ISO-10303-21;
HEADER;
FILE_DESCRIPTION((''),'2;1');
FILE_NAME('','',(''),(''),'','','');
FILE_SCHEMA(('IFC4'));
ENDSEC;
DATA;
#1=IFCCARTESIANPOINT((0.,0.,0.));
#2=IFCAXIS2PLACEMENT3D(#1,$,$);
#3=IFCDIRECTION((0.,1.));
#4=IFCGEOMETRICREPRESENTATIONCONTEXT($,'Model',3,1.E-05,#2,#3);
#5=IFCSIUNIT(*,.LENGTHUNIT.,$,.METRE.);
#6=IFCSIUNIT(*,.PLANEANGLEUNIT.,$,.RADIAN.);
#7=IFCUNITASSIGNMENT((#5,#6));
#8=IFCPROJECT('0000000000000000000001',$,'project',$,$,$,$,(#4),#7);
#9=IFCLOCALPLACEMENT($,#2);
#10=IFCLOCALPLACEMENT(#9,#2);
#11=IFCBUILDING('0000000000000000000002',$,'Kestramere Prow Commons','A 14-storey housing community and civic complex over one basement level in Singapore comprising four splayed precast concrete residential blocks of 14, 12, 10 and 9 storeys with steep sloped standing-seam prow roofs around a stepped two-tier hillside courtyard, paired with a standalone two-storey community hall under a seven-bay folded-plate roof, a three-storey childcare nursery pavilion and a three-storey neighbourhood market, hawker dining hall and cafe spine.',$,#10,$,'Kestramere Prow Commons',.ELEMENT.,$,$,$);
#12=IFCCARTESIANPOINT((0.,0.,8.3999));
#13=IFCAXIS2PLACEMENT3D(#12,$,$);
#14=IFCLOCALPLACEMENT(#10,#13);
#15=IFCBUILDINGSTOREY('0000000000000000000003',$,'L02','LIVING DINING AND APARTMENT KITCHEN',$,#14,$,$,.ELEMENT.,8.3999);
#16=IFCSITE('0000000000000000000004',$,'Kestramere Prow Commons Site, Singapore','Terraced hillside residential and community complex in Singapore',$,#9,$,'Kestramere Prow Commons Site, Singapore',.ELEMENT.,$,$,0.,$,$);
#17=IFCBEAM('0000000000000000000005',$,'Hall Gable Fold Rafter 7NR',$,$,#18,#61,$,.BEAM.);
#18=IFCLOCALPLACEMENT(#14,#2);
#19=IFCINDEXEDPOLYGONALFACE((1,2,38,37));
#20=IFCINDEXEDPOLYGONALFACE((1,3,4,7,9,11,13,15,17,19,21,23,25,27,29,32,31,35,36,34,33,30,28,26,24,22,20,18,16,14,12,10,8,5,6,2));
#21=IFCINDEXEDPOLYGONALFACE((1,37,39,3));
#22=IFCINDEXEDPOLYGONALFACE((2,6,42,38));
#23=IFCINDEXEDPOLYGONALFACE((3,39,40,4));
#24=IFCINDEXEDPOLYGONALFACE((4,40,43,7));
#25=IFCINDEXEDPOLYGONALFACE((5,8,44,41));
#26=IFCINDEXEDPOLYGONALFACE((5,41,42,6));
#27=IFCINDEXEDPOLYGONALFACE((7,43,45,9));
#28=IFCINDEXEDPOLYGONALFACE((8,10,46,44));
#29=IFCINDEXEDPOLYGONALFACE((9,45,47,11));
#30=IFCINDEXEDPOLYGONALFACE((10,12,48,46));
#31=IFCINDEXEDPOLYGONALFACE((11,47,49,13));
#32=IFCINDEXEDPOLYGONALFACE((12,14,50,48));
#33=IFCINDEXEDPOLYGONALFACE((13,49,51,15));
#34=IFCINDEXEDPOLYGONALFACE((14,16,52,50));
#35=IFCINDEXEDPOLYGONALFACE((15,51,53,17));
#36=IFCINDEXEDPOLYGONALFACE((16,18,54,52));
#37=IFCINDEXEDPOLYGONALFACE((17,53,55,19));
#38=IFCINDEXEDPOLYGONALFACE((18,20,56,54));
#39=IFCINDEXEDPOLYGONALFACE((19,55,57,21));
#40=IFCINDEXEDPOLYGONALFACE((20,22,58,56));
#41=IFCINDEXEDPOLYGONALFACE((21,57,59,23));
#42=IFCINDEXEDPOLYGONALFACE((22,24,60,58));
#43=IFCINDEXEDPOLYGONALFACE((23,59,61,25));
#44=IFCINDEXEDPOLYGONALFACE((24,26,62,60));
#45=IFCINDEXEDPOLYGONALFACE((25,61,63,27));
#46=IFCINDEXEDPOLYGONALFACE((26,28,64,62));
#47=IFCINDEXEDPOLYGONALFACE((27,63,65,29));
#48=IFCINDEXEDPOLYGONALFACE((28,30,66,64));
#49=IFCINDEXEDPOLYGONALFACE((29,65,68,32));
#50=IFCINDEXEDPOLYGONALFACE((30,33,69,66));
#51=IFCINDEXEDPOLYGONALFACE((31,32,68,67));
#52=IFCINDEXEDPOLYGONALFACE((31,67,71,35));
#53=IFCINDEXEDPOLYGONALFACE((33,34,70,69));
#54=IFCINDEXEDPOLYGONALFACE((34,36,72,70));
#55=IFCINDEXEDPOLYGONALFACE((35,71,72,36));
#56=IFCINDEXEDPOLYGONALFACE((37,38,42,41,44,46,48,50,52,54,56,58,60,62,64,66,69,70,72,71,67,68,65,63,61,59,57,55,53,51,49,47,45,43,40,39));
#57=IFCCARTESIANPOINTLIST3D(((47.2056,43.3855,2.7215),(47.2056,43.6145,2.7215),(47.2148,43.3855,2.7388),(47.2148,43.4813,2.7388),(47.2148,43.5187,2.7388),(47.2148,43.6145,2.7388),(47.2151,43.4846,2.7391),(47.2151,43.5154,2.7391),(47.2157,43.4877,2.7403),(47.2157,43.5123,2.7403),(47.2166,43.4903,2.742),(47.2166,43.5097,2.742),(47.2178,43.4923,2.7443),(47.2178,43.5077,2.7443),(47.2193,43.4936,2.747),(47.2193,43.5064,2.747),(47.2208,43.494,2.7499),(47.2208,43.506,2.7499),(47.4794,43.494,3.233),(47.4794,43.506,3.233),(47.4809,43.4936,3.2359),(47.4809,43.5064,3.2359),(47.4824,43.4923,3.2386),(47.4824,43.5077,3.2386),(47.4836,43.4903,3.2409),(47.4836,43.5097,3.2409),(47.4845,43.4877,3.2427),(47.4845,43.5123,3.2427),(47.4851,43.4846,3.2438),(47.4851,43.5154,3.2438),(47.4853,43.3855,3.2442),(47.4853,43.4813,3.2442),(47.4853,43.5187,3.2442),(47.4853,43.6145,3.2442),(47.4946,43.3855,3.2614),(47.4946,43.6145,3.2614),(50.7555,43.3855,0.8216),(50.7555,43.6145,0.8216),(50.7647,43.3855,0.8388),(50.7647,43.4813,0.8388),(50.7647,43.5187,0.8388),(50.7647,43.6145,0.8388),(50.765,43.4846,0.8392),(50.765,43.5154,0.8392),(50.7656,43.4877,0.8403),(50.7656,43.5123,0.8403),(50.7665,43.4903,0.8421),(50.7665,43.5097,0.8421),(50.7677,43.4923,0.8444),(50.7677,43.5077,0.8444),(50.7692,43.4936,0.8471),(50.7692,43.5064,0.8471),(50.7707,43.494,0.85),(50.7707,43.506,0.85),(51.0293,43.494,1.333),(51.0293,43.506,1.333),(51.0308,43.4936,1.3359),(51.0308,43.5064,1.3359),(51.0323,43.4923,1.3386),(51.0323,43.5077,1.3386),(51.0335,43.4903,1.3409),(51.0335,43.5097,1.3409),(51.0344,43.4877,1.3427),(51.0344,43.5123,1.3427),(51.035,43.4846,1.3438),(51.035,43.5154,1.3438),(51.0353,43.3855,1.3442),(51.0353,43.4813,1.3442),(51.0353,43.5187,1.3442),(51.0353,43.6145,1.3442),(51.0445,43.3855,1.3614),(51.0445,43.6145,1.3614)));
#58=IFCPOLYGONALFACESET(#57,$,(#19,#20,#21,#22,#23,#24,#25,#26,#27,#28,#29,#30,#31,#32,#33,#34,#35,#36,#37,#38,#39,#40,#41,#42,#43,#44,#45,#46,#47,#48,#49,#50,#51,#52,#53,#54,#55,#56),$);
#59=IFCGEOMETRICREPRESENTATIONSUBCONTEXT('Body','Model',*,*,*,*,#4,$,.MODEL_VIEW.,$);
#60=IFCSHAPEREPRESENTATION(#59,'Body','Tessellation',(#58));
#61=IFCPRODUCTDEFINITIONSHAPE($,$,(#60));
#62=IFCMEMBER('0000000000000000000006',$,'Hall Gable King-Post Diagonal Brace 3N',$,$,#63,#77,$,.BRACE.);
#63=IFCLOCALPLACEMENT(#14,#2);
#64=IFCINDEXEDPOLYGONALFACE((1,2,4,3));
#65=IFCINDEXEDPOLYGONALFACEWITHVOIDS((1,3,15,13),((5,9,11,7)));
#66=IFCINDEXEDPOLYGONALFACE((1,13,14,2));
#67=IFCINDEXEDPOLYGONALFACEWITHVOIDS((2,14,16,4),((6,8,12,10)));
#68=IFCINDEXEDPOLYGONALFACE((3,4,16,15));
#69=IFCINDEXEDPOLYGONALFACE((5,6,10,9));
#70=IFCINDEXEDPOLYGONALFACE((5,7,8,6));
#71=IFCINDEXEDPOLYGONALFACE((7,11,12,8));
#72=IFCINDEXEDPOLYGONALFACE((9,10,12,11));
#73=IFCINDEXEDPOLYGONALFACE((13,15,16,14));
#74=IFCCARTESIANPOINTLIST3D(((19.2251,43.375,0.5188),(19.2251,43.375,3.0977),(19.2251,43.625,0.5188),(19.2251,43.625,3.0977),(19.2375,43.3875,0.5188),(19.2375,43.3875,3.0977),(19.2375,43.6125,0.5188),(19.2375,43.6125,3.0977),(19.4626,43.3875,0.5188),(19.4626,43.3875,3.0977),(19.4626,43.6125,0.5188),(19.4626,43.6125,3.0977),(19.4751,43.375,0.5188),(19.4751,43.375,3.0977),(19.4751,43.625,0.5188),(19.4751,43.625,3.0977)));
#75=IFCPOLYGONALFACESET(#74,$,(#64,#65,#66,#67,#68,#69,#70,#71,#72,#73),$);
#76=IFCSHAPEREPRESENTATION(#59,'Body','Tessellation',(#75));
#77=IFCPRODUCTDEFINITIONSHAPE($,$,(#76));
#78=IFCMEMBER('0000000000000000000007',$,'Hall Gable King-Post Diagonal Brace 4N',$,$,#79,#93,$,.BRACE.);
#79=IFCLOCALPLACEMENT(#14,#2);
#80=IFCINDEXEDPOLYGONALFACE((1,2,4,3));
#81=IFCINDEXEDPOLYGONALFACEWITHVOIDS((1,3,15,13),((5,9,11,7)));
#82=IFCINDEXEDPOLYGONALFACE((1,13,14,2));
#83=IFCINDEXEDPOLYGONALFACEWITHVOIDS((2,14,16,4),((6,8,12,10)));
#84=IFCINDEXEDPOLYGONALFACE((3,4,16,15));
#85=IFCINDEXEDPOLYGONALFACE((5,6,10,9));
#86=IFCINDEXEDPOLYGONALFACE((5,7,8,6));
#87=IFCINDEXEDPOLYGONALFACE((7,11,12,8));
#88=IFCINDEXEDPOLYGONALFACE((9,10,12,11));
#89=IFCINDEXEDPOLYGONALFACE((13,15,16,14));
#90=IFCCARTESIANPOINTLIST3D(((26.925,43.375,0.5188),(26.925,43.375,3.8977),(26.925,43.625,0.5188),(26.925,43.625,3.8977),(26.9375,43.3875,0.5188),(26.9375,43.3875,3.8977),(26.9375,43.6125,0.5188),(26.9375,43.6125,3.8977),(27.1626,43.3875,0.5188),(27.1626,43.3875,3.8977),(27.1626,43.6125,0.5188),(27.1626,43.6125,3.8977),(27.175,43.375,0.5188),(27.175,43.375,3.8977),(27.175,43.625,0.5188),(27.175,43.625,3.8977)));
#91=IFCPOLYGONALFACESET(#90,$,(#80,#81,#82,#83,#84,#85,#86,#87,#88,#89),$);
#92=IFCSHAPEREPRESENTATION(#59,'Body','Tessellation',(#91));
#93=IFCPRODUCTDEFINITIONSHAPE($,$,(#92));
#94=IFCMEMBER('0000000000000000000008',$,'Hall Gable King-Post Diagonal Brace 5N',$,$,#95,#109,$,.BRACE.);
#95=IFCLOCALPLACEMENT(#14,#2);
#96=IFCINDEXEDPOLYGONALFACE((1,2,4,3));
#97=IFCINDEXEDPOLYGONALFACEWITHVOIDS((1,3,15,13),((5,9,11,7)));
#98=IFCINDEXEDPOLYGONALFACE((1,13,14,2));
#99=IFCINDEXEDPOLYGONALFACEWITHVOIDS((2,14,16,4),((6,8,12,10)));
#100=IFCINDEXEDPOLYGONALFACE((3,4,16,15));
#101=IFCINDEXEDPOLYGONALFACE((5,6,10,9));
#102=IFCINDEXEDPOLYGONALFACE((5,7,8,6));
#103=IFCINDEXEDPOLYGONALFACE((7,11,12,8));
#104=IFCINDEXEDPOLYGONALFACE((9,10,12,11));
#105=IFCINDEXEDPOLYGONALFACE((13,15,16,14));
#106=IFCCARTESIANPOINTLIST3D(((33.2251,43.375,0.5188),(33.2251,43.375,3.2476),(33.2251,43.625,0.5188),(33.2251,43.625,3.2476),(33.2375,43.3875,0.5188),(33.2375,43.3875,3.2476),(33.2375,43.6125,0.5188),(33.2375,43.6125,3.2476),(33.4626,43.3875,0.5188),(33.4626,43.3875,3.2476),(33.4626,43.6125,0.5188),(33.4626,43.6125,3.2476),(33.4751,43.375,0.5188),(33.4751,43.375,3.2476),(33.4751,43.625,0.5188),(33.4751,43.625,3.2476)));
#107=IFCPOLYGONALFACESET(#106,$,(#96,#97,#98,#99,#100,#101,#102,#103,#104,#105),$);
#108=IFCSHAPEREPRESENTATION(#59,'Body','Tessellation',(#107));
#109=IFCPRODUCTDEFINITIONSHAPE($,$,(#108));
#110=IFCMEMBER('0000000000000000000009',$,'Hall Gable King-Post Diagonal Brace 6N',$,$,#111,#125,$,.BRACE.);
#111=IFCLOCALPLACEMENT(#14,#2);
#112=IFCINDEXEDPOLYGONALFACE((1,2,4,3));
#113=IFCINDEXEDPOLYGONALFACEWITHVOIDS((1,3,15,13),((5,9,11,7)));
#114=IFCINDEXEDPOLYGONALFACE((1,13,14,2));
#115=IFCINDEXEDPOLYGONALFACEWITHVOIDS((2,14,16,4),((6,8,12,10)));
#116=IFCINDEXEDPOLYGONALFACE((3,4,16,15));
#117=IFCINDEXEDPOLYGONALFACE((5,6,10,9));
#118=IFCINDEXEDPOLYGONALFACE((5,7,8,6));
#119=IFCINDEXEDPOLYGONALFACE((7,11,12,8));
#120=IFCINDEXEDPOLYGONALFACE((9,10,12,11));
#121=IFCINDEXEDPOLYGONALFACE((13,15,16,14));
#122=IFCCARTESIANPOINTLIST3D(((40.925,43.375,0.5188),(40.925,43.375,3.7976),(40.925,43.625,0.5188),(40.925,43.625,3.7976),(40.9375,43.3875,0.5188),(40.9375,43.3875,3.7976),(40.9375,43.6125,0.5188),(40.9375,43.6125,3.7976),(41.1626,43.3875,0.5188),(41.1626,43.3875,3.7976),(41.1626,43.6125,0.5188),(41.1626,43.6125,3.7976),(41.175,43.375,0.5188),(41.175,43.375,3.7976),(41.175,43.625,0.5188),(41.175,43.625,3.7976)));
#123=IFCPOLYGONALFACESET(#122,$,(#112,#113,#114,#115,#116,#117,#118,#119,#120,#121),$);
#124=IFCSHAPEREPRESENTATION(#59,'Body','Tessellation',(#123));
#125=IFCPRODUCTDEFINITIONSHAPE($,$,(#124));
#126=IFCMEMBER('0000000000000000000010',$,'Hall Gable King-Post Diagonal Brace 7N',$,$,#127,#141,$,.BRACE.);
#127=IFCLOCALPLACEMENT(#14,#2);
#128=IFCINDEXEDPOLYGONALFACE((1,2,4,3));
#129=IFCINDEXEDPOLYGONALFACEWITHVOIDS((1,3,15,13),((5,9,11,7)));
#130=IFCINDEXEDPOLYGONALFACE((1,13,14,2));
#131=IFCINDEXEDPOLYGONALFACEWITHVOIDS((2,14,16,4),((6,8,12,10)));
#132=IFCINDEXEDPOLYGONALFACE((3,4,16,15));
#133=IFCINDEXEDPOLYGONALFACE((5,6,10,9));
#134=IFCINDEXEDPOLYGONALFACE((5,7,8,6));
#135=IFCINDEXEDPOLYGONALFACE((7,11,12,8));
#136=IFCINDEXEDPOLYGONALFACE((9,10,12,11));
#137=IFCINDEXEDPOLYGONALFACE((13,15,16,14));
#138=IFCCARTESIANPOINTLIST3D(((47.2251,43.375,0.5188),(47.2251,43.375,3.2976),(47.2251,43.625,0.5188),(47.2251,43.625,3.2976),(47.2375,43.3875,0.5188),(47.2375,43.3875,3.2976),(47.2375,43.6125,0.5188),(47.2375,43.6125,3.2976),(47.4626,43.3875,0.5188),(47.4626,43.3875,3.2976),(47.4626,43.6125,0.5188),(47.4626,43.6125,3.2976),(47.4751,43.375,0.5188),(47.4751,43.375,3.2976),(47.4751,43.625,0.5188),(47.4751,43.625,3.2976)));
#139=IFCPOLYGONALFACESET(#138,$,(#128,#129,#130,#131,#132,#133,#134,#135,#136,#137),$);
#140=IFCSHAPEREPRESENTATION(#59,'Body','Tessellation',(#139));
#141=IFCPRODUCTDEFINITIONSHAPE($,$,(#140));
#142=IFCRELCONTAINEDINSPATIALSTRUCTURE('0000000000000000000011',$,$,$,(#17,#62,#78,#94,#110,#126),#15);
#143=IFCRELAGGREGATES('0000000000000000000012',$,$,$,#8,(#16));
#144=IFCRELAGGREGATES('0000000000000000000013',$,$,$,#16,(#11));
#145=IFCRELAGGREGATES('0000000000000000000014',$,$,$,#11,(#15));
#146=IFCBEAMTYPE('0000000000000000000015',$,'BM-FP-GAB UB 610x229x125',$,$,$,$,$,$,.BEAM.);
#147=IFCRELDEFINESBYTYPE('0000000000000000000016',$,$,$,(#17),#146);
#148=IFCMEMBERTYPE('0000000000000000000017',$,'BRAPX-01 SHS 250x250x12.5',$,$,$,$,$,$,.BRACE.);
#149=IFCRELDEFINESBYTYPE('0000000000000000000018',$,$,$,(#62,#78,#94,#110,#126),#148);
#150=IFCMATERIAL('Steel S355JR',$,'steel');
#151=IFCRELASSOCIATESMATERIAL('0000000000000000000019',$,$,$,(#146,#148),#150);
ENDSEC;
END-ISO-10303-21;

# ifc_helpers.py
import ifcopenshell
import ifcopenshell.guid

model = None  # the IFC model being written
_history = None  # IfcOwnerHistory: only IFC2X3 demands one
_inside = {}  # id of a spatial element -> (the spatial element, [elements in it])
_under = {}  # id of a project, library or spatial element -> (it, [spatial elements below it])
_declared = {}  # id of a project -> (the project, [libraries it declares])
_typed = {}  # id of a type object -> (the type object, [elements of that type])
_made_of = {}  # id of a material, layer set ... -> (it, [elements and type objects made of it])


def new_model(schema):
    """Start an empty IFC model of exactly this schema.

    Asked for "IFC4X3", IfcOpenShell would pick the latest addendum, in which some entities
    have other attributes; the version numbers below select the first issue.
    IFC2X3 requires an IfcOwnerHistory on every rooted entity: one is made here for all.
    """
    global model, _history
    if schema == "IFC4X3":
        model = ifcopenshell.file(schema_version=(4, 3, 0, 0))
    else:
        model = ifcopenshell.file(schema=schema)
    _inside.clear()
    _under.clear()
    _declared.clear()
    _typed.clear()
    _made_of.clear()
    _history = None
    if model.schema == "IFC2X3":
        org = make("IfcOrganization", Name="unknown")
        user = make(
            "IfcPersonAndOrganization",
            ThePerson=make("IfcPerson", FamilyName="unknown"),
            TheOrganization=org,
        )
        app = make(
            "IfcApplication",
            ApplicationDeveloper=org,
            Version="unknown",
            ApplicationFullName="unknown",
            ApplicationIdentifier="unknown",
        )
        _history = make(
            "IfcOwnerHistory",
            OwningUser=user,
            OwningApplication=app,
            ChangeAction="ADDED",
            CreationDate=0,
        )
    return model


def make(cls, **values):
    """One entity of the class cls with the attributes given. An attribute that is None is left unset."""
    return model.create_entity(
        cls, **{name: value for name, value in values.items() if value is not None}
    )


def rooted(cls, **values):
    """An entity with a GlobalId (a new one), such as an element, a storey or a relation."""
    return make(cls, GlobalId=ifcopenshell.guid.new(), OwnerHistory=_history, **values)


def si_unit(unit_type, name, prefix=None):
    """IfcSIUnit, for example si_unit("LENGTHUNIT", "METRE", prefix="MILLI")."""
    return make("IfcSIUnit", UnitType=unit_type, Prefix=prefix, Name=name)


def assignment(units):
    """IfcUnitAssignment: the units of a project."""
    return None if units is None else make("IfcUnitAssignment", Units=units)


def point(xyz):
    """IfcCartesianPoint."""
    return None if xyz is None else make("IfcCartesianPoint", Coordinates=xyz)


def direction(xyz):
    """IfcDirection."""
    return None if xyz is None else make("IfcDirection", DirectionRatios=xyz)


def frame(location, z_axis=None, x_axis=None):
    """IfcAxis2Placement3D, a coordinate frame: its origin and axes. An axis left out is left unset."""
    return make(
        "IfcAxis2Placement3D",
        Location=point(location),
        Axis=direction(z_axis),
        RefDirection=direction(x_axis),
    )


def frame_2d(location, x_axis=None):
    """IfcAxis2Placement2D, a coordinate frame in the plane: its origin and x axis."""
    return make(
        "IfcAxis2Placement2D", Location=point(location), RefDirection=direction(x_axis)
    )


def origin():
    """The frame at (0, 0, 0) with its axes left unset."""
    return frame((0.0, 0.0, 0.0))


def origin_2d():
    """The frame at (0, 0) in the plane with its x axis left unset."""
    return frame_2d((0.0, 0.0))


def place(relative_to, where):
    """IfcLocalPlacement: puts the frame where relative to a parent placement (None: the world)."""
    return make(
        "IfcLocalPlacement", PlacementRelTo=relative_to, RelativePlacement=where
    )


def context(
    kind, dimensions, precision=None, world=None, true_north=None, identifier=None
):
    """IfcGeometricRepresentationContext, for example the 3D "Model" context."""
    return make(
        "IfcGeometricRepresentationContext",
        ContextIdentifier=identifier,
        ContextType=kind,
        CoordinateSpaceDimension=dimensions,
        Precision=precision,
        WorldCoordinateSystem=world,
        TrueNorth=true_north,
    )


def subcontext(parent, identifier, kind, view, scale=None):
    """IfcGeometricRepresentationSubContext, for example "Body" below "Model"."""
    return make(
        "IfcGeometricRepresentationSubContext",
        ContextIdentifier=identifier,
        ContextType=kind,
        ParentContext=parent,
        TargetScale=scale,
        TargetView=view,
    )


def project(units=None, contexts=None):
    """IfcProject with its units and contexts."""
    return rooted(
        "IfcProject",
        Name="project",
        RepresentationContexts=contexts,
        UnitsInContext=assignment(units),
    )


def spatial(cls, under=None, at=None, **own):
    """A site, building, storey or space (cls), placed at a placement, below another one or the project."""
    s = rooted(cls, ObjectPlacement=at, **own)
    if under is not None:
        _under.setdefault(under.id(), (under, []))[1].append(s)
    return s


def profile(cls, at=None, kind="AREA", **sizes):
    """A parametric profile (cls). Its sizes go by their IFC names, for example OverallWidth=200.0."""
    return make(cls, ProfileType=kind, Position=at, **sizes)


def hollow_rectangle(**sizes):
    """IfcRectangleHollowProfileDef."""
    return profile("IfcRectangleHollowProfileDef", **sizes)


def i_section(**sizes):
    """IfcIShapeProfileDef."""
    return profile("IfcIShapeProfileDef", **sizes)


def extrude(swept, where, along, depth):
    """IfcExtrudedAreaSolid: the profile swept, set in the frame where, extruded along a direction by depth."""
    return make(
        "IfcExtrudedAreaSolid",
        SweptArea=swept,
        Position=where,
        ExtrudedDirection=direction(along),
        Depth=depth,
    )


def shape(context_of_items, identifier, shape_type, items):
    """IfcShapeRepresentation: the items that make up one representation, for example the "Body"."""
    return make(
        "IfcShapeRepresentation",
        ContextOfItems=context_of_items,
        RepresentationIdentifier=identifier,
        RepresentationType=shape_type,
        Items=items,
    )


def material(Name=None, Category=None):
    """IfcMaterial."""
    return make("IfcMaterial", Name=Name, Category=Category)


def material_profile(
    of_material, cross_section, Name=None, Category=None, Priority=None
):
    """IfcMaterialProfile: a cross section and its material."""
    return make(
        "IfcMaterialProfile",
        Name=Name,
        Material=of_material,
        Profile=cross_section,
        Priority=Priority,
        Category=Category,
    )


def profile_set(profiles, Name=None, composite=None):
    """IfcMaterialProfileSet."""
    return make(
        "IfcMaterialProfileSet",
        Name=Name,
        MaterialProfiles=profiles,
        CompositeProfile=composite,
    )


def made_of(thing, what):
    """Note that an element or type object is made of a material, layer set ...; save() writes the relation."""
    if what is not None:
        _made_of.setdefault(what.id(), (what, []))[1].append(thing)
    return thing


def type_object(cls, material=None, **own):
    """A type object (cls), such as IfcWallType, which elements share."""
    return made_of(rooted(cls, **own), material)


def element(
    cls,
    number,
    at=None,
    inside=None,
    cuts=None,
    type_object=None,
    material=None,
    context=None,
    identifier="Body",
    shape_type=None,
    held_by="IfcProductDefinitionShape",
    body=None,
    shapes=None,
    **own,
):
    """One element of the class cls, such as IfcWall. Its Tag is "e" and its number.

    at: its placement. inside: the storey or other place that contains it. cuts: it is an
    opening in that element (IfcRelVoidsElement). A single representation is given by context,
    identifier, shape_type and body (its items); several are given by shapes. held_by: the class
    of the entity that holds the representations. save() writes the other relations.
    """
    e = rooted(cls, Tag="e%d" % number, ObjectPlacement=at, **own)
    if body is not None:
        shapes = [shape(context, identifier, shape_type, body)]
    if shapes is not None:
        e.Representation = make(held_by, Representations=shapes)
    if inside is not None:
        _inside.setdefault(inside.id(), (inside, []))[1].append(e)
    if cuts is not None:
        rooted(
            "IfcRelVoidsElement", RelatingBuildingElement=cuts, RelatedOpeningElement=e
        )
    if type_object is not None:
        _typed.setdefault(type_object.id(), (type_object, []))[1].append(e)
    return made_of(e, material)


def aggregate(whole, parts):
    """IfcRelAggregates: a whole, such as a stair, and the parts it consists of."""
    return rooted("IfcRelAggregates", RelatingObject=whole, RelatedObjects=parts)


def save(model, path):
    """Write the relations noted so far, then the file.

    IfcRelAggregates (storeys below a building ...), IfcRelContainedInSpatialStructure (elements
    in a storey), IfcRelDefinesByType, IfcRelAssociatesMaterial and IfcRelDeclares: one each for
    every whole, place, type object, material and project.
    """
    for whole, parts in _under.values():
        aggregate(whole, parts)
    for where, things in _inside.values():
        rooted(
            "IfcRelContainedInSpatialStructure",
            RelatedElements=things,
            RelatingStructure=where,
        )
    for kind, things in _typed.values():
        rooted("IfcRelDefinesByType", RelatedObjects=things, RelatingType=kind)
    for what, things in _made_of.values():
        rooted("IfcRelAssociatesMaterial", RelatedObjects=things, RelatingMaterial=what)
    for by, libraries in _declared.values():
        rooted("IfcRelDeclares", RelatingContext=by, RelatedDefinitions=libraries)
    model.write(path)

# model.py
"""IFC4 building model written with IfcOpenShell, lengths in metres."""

from ifc_helpers import new_model, si_unit, direction, frame, origin, origin_2d, place, context, subcontext, project, spatial, hollow_rectangle, i_section, extrude, material, material_profile, profile_set, type_object, element, save


model = new_model("IFC4")

# Units and contexts
model_context = context("Model", 3, precision=1e-05, world=origin(), true_north=direction((0.0, 1.0)))
body_context = subcontext(model_context, "Body", "Model", "MODEL_VIEW")
ifc_project = project(units=[si_unit("LENGTHUNIT", "METRE"), si_unit("PLANEANGLEUNIT", "RADIAN")], contexts=[model_context])

# Site, building, storey
site_placement = place(None, origin())
site = spatial("IfcSite", under=ifc_project, at=site_placement, Name="Kestramere Prow Commons Site, Singapore", Description="Terraced hillside residential and community complex in Singapore", LongName="Kestramere Prow Commons Site, Singapore", CompositionType="ELEMENT", RefElevation=0.0)
building_placement = place(site_placement, origin())
building = spatial("IfcBuilding", under=site, at=building_placement, Name="Kestramere Prow Commons", Description="A 14-storey housing community and civic complex over one basement level in Singapore comprising four splayed precast concrete residential blocks of 14, 12, 10 and 9 storeys with steep sloped standing-seam prow roofs around a stepped two-tier hillside courtyard, paired with a standalone two-storey community hall under a seven-bay folded-plate roof, a three-storey childcare nursery pavilion and a three-storey neighbourhood market, hawker dining hall and cafe spine.", LongName="Kestramere Prow Commons", CompositionType="ELEMENT")
storey_placement = place(building_placement, frame((0.0, 0.0, 8.3999)))
storey = spatial("IfcBuildingStorey", under=building, at=storey_placement, Name="L02", Description="LIVING DINING AND APARTMENT KITCHEN", CompositionType="ELEMENT", Elevation=8.3999)

# Beam
ifc_material_1 = material(Name="Steel S355JR", Category="steel")
ifc_material_profile_1 = material_profile(ifc_material_1, i_section(OverallWidth=0.229, OverallDepth=0.6123, WebThickness=0.012, FlangeThickness=0.0195, FilletRadius=0.0127, at=origin_2d()), Name="UB 610x229x125")
ifc_profile_set_1 = profile_set([ifc_material_profile_1], Name="Steel S355JR")
beam_type = type_object("IfcBeamType", Name="BM-FP-GAB UB 610x229x125", PredefinedType="BEAM", material=ifc_profile_set_1)
beam_1_placement = place(storey_placement, frame((47.3501, 43.5, 2.9915), z_axis=(0.881664, 0.0, -0.471878), x_axis=(0.0, 1.0, 0.0)))
element("IfcBeam", 1, at=beam_1_placement, inside=storey, type_object=beam_type, Name="Hall Gable Fold Rafter 7NR", PredefinedType="BEAM", context=body_context, shape_type="SweptSolid", body=[
    extrude(i_section(OverallWidth=0.229, OverallDepth=0.6123, WebThickness=0.012, FlangeThickness=0.0195, FilletRadius=0.0127, at=origin_2d()), origin(), (0.0, 0.0, 1.0), 4.0264),
])

# Members
ifc_material_profile_2 = material_profile(ifc_material_1, hollow_rectangle(XDim=0.25, YDim=0.25, WallThickness=0.0125, at=origin_2d()), Name="SHS 250x250x12.5")
ifc_profile_set_2 = profile_set([ifc_material_profile_2], Name="Steel S355JR")
member_type = type_object("IfcMemberType", Name="BRAPX-01 SHS 250x250x12.5", PredefinedType="BRACE", material=ifc_profile_set_2)
member_1_placement = place(storey_placement, frame((19.3501, 43.5, 0.5188), z_axis=(0.0, 0.0, 1.0), x_axis=(1.0, 0.0, 0.0)))
element("IfcMember", 2, at=member_1_placement, inside=storey, type_object=member_type, Name="Hall Gable King-Post Diagonal Brace 3N", PredefinedType="BRACE", context=body_context, shape_type="SweptSolid", body=[
    extrude(hollow_rectangle(XDim=0.25, YDim=0.25, WallThickness=0.0125, at=origin_2d()), origin(), (0.0, 0.0, 1.0), 2.5789),
])
member_2_placement = place(storey_placement, frame((27.05, 43.5, 0.5188), z_axis=(0.0, 0.0, 1.0), x_axis=(1.0, 0.0, 0.0)))
element("IfcMember", 3, at=member_2_placement, inside=storey, type_object=member_type, Name="Hall Gable King-Post Diagonal Brace 4N", PredefinedType="BRACE", context=body_context, shape_type="SweptSolid", body=[
    extrude(hollow_rectangle(XDim=0.25, YDim=0.25, WallThickness=0.0125, at=origin_2d()), origin(), (0.0, 0.0, 1.0), 3.3789),
])
member_3_placement = place(storey_placement, frame((33.3501, 43.5, 0.5188), z_axis=(0.0, 0.0, 1.0), x_axis=(1.0, 0.0, 0.0)))
element("IfcMember", 4, at=member_3_placement, inside=storey, type_object=member_type, Name="Hall Gable King-Post Diagonal Brace 5N", PredefinedType="BRACE", context=body_context, shape_type="SweptSolid", body=[
    extrude(hollow_rectangle(XDim=0.25, YDim=0.25, WallThickness=0.0125, at=origin_2d()), origin(), (0.0, 0.0, 1.0), 2.7288),
])
member_4_placement = place(storey_placement, frame((41.05, 43.5, 0.5188), z_axis=(0.0, 0.0, 1.0), x_axis=(1.0, 0.0, 0.0)))
element("IfcMember", 5, at=member_4_placement, inside=storey, type_object=member_type, Name="Hall Gable King-Post Diagonal Brace 6N", PredefinedType="BRACE", context=body_context, shape_type="SweptSolid", body=[
    extrude(hollow_rectangle(XDim=0.25, YDim=0.25, WallThickness=0.0125, at=origin_2d()), origin(), (0.0, 0.0, 1.0), 3.2788),
])
member_5_placement = place(storey_placement, frame((47.3501, 43.5, 0.5188), z_axis=(0.0, 0.0, 1.0), x_axis=(1.0, 0.0, 0.0)))
element("IfcMember", 6, at=member_5_placement, inside=storey, type_object=member_type, Name="Hall Gable King-Post Diagonal Brace 7N", PredefinedType="BRACE", context=body_context, shape_type="SweptSolid", body=[
    extrude(hollow_rectangle(XDim=0.25, YDim=0.25, WallThickness=0.0125, at=origin_2d()), origin(), (0.0, 0.0, 1.0), 2.7788),
])

save(model, "model.ifc")
